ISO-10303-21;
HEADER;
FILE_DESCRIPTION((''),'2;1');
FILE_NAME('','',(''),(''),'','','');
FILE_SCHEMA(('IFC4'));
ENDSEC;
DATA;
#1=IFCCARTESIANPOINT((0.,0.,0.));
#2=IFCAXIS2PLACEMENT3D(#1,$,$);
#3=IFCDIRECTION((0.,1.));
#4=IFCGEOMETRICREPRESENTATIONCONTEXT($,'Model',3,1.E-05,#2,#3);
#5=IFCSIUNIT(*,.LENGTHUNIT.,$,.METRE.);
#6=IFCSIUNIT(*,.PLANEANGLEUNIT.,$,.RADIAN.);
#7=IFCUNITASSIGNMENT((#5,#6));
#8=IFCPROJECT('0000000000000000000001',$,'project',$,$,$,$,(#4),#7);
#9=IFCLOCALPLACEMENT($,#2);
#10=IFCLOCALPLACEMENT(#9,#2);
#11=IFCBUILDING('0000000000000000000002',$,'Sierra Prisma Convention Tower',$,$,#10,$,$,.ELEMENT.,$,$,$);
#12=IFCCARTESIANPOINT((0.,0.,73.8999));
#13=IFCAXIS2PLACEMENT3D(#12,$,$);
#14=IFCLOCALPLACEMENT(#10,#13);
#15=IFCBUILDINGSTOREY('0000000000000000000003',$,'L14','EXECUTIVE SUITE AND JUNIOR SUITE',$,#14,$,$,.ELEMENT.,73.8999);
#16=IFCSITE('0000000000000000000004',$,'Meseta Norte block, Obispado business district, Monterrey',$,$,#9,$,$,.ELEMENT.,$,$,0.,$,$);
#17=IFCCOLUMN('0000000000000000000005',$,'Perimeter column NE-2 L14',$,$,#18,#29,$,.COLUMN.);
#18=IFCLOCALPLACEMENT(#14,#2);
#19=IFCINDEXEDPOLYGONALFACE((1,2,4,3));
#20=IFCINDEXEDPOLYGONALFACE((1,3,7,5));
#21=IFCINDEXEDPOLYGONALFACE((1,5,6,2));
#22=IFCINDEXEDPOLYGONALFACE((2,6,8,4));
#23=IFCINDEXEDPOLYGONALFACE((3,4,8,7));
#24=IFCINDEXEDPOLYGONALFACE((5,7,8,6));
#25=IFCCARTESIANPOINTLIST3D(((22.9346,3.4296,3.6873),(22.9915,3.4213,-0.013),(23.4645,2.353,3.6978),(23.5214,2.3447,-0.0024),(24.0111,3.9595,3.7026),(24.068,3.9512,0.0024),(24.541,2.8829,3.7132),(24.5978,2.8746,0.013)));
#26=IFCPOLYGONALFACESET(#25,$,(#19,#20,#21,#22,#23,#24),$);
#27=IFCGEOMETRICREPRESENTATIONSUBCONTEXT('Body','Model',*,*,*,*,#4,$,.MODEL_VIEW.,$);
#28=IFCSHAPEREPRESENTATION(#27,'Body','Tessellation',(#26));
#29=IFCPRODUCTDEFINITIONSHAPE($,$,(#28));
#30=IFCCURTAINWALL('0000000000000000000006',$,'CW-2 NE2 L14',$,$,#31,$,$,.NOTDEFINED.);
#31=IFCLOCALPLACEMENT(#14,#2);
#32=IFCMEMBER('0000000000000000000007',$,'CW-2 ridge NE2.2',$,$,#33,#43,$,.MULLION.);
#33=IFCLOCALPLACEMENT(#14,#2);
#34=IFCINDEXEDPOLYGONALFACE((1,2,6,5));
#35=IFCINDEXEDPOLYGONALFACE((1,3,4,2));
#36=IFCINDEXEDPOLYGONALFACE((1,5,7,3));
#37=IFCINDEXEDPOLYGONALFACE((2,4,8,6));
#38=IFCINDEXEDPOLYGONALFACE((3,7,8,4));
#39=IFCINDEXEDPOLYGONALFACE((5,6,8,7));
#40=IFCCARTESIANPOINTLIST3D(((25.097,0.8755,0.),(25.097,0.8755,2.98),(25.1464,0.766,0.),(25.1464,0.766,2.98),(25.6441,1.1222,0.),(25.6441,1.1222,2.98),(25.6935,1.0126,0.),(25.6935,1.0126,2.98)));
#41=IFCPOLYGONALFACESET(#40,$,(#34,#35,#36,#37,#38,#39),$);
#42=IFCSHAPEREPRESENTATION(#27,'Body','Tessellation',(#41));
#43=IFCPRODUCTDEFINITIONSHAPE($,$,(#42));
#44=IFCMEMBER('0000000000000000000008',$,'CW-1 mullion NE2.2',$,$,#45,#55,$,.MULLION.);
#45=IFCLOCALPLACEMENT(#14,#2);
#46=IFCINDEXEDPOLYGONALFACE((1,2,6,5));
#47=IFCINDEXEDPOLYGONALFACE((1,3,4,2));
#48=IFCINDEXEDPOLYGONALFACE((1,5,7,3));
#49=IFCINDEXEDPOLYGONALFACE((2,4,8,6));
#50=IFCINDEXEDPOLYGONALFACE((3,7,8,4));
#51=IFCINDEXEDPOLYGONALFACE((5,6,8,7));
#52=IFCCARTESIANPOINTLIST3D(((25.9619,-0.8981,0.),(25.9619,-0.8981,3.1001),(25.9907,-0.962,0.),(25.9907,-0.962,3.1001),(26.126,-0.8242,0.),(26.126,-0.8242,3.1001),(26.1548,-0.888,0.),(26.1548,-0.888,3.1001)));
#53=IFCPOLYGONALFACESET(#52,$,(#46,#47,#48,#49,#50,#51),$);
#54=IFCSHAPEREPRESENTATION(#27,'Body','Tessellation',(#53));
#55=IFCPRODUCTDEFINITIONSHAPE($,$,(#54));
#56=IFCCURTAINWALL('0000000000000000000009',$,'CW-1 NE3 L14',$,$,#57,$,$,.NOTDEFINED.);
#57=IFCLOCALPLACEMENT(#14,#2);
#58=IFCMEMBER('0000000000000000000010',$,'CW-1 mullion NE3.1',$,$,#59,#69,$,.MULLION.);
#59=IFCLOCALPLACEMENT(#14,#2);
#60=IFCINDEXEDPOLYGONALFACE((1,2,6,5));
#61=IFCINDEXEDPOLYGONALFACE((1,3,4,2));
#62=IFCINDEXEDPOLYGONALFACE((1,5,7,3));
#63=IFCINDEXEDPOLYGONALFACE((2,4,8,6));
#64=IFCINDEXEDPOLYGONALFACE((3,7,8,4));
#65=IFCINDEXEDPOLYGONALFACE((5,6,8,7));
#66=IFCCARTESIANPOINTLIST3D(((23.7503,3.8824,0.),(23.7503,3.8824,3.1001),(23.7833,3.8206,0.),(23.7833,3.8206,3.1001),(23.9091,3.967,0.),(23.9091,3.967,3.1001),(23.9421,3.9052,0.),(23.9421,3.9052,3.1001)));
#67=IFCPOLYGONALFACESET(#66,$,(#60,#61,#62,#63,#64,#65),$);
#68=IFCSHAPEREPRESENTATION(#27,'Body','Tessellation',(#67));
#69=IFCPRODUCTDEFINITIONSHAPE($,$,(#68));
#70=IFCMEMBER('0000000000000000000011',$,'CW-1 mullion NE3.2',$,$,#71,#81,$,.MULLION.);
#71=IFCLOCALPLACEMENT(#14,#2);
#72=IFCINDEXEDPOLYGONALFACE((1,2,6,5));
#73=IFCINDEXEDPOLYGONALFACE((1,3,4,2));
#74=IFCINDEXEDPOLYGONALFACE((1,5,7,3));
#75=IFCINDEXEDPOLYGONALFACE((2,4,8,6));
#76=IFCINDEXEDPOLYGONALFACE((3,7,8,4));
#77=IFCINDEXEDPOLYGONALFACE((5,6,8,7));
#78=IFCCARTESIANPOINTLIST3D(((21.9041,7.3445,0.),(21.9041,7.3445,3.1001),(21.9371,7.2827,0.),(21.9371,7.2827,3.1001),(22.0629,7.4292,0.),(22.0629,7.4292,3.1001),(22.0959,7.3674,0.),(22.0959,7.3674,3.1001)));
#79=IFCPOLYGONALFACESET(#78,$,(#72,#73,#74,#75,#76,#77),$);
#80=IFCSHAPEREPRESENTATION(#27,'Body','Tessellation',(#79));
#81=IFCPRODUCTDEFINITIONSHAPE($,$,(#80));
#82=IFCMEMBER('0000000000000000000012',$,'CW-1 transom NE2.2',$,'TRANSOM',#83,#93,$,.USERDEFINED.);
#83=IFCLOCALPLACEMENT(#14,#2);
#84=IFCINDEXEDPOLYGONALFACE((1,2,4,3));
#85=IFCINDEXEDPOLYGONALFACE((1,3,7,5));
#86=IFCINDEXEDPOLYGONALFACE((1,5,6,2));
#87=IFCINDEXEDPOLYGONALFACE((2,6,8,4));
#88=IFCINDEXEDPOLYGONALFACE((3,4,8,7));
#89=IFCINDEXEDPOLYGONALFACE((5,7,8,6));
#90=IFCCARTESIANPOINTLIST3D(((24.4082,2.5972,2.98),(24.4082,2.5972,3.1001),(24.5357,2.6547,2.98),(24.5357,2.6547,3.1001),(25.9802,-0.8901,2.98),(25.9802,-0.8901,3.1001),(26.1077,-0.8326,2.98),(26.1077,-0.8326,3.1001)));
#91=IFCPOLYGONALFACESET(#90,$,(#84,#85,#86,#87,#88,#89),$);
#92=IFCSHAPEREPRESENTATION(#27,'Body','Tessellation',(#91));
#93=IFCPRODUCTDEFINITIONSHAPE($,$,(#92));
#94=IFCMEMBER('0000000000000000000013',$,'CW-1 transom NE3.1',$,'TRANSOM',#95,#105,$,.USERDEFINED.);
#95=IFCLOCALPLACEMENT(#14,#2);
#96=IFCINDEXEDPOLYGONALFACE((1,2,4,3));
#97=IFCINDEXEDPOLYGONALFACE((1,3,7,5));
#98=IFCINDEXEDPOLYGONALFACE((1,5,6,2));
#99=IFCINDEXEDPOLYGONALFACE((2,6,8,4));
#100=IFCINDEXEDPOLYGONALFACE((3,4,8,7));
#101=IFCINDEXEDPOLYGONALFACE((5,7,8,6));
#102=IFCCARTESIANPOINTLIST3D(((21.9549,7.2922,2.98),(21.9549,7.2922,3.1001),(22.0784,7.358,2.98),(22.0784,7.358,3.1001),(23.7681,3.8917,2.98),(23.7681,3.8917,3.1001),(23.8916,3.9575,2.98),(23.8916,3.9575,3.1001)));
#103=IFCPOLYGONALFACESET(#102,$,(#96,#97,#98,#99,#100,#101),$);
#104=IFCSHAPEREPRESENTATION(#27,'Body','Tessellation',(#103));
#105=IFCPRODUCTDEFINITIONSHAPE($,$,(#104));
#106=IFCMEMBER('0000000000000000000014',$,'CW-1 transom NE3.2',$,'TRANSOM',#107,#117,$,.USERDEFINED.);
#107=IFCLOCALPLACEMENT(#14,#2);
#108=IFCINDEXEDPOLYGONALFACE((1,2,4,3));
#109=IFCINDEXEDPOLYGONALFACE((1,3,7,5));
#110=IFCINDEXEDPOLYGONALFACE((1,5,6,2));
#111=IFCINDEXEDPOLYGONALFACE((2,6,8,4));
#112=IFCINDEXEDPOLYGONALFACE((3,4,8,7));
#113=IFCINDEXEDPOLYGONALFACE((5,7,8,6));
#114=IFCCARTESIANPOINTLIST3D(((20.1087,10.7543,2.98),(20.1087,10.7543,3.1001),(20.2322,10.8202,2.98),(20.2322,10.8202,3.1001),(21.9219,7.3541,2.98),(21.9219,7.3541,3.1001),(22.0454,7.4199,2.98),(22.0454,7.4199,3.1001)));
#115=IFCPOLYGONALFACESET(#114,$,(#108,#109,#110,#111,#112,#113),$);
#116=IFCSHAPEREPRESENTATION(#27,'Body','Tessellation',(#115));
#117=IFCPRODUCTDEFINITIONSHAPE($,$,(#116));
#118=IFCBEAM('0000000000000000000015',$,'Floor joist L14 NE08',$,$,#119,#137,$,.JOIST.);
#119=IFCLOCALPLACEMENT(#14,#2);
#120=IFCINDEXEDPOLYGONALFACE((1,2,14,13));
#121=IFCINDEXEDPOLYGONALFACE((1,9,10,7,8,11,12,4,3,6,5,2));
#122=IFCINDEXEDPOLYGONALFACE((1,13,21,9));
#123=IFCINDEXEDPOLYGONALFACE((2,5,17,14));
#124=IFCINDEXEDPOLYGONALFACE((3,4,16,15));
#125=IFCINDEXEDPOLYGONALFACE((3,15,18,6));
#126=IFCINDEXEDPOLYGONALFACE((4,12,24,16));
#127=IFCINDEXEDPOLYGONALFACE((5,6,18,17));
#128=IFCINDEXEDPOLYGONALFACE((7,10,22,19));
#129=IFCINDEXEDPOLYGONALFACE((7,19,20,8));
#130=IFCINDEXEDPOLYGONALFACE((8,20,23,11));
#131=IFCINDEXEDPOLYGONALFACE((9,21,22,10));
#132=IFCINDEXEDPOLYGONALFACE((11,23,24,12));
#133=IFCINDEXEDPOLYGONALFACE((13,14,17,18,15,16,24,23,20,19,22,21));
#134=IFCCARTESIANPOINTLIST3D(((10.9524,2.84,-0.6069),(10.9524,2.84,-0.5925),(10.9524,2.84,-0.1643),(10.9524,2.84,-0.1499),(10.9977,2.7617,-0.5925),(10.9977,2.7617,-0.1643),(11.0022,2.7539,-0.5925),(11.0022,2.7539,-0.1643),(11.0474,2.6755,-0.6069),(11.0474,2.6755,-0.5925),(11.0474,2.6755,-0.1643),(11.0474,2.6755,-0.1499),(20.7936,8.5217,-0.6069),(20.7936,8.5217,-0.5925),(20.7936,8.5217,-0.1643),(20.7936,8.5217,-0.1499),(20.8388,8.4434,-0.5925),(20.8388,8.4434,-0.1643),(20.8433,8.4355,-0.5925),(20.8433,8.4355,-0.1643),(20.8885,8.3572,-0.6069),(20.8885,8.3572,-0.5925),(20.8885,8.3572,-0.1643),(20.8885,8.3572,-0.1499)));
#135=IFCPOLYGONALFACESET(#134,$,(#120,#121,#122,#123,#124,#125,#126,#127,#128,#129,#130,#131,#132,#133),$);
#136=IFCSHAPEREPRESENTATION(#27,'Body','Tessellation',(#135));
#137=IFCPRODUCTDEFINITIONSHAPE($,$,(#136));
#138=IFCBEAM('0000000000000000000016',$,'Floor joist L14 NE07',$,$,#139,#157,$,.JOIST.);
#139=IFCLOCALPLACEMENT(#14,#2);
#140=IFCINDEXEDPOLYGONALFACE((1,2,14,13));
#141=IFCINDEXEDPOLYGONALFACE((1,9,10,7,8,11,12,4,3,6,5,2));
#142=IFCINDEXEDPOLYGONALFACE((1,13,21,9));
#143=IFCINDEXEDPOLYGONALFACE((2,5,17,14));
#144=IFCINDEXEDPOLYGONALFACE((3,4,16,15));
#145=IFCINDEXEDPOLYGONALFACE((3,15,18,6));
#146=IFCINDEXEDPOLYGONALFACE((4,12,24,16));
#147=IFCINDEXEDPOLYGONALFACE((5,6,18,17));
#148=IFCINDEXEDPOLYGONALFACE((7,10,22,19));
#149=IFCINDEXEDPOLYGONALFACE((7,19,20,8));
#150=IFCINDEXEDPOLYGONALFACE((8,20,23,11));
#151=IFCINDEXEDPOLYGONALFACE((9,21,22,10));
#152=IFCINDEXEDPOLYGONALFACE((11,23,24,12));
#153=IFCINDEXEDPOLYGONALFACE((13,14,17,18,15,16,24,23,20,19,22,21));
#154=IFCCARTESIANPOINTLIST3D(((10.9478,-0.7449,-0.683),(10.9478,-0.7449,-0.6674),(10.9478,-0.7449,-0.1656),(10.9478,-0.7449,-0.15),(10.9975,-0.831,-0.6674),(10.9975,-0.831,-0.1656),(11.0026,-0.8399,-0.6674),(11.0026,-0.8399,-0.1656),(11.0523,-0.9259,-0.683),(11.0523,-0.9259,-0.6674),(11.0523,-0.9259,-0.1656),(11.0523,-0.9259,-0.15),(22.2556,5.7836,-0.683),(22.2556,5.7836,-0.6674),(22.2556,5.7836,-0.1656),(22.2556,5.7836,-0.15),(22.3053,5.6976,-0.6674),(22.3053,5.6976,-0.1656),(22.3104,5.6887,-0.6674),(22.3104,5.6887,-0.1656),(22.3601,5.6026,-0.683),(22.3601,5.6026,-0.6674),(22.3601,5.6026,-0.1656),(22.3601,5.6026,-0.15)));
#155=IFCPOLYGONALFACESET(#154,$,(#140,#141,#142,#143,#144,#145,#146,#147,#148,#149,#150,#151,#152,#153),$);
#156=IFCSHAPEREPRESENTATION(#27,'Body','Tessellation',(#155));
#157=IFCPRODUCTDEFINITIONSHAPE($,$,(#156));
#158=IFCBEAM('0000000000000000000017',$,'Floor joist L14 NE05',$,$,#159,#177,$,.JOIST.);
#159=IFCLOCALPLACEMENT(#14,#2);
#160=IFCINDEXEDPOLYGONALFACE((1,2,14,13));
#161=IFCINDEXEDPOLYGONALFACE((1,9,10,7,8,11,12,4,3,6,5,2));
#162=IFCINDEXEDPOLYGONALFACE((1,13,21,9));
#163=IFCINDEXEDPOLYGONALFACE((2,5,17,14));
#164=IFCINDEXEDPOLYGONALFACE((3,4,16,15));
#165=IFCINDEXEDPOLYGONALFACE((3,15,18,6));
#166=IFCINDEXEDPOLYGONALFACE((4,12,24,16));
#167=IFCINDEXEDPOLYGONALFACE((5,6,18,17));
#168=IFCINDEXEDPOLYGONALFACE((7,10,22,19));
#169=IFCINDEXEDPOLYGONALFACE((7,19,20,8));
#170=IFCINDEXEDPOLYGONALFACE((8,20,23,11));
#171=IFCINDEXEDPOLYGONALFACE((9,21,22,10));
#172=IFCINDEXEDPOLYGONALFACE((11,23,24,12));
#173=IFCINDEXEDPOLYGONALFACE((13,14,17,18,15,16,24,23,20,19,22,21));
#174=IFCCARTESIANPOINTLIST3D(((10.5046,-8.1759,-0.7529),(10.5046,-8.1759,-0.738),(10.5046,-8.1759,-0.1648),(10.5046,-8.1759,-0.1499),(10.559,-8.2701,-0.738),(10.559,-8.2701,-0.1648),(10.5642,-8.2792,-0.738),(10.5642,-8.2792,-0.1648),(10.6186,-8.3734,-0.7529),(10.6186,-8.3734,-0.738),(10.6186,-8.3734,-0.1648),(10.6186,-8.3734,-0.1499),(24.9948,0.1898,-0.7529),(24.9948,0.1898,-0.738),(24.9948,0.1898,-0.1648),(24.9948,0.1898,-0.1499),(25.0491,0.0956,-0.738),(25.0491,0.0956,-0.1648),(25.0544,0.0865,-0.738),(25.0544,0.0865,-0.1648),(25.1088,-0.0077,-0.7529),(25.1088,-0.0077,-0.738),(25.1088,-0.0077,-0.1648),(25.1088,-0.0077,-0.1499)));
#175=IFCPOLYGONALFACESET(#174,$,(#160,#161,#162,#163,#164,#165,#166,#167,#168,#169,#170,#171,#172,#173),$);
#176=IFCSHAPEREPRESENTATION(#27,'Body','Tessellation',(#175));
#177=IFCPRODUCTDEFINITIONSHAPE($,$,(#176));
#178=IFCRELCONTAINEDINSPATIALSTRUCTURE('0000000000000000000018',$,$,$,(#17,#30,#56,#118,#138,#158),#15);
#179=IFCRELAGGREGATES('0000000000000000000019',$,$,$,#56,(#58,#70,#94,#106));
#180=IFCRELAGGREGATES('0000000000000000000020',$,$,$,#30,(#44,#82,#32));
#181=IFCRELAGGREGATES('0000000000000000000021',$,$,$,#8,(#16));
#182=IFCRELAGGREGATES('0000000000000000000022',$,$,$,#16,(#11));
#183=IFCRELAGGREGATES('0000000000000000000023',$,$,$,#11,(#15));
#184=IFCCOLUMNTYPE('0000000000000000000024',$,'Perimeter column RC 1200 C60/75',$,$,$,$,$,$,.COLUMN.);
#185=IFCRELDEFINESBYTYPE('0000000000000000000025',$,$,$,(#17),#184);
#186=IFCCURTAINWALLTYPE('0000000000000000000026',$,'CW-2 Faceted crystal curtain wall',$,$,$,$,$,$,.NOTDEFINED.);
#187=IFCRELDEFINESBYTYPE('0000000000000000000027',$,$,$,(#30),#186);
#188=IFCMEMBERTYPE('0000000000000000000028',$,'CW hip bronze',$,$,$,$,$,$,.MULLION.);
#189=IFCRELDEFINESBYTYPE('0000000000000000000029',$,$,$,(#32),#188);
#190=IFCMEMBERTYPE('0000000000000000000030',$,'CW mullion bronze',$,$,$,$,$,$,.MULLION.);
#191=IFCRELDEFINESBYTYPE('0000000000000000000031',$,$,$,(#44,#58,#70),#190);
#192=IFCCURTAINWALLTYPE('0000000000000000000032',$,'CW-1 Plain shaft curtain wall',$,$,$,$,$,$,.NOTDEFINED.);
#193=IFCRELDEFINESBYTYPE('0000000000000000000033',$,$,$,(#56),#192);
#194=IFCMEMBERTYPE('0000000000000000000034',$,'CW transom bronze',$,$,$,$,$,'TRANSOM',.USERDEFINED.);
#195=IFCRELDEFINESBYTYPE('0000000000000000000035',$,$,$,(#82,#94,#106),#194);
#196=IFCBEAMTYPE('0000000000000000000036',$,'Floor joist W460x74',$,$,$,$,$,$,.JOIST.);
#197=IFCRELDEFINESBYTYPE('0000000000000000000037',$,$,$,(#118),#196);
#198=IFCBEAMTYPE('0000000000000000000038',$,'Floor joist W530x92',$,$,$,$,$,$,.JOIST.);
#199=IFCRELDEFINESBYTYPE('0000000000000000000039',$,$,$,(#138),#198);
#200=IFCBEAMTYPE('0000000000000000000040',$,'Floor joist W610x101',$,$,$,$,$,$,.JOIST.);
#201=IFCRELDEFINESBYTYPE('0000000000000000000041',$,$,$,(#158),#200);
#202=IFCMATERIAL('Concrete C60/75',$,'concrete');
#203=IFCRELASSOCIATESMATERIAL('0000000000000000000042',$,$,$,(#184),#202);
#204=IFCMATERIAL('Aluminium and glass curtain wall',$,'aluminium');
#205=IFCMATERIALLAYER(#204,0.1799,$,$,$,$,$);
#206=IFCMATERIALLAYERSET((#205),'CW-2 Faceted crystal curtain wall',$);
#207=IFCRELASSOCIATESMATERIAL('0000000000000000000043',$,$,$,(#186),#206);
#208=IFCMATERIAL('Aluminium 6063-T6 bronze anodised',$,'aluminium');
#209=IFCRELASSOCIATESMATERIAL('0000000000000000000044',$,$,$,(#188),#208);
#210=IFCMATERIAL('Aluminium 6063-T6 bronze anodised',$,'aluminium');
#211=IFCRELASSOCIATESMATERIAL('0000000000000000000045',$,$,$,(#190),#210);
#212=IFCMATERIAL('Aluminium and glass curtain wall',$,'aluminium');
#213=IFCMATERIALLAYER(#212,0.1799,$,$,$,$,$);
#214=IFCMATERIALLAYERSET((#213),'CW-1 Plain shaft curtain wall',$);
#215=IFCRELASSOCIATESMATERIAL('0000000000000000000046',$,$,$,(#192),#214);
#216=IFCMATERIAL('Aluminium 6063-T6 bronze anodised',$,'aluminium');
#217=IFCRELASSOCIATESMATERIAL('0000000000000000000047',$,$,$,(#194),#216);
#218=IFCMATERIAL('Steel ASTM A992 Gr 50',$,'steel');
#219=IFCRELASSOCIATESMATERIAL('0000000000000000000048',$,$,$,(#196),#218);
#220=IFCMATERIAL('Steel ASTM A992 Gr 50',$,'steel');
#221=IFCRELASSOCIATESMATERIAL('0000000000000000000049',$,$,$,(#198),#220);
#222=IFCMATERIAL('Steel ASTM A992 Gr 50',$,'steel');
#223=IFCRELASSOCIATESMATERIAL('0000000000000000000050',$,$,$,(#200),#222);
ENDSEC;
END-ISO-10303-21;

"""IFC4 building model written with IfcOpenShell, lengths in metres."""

from ifc_helpers import new_model, si_unit, direction, frame, origin, origin_2d, place, context, subcontext, project, spatial, rectangle, i_section, extrude, material, layer, layer_set, material_profile, profile_set, type_object, element, aggregate, save


model = new_model("IFC4")

# Units and contexts
model_context = context("Model", 3, precision=1e-05, world=origin(), true_north=direction((0.0, 1.0)))
body_context = subcontext(model_context, "Body", "Model", "MODEL_VIEW")
ifc_project = project(units=[si_unit("LENGTHUNIT", "METRE"), si_unit("PLANEANGLEUNIT", "RADIAN")], contexts=[model_context])

# Site, building, storey
site_placement = place(None, origin())
site = spatial("IfcSite", under=ifc_project, at=site_placement, Name="Meseta Norte block, Obispado business district, Monterrey", CompositionType="ELEMENT", RefElevation=0.0)
building_placement = place(site_placement, origin())
building = spatial("IfcBuilding", under=site, at=building_placement, Name="Sierra Prisma Convention Tower", CompositionType="ELEMENT")
storey_placement = place(building_placement, frame((0.0, 0.0, 73.8999)))
storey = spatial("IfcBuildingStorey", under=building, at=storey_placement, Name="L14", Description="EXECUTIVE SUITE AND JUNIOR SUITE", CompositionType="ELEMENT", Elevation=73.8999)

# Column
ifc_material_1 = material(Name="Concrete C60/75", Category="concrete")
ifc_material_profile_1 = material_profile(ifc_material_1, rectangle(XDim=1.2, YDim=1.2, at=origin_2d()), Name="Perimeter column RC 1200 C60/75")
ifc_profile_set_1 = profile_set([ifc_material_profile_1], Name="Concrete C60/75")
column_type = type_object("IfcColumnType", Name="Perimeter column RC 1200 C60/75", PredefinedType="COLUMN", material=ifc_profile_set_1)
column_placement = place(storey_placement, frame((23.7947, 3.1479, 0.0), z_axis=(-0.015372, 0.002243, 0.999879), x_axis=(-0.441566, 0.897185, -0.008801)))
element("IfcColumn", 1, at=column_placement, inside=storey, type_object=column_type, Name="Perimeter column NE-2 L14", PredefinedType="COLUMN", context=body_context, shape_type="SweptSolid", body=[
    extrude(rectangle(XDim=1.2, YDim=1.2, at=origin_2d()), origin(), (0.0, 0.0, 1.0), 3.7007),
])

# Curtain walls, members
ifc_material_2 = material(Name="Aluminium and glass curtain wall", Category="aluminium")
ifc_layer_1 = layer(ifc_material_2, 0.1799)
ifc_layer_set_1 = layer_set([ifc_layer_1], Name="CW-2 Faceted crystal curtain wall")
curtain_wall_type_1 = type_object("IfcCurtainWallType", Name="CW-2 Faceted crystal curtain wall", PredefinedType="NOTDEFINED", material=ifc_layer_set_1)
curtain_wall_1_placement = place(storey_placement, origin())
curtain_wall_1 = element("IfcCurtainWall", 2, at=curtain_wall_1_placement, inside=storey, type_object=curtain_wall_type_1, Name="CW-2 NE2 L14", PredefinedType="NOTDEFINED")
ifc_material_3 = material(Name="Aluminium 6063-T6 bronze anodised", Category="aluminium")
ifc_material_profile_2 = material_profile(ifc_material_3, rectangle(XDim=0.1201, YDim=0.6001, at=origin_2d()), Name="ALU RIDGE BLADE 120x600")
ifc_profile_set_2 = profile_set([ifc_material_profile_2], Name="Aluminium 6063-T6 bronze anodised")
member_type_1 = type_object("IfcMemberType", Name="CW hip bronze", PredefinedType="MULLION", material=ifc_profile_set_2)
member_1_placement = place(storey_placement, frame((25.3953, 0.9441, 0.0), z_axis=(0.0, 0.0, 1.0), x_axis=(-0.410965, 0.911651, 0.0)))
member_1 = element("IfcMember", 3, at=member_1_placement, type_object=member_type_1, Name="CW-2 ridge NE2.2", PredefinedType="MULLION", context=body_context, shape_type="SweptSolid", body=[
    extrude(rectangle(XDim=0.1201, YDim=0.6001, at=origin_2d()), origin(), (0.0, 0.0, 1.0), 2.98),
])
ifc_material_4 = material(Name="Aluminium 6063-T6 bronze anodised", Category="aluminium")
ifc_material_profile_3 = material_profile(ifc_material_4, rectangle(XDim=0.1799, YDim=0.0701, at=origin_2d()), Name="ALU MULLION 70x180")
ifc_profile_set_3 = profile_set([ifc_material_profile_3], Name="Aluminium 6063-T6 bronze anodised")
member_type_2 = type_object("IfcMemberType", Name="CW mullion bronze", PredefinedType="MULLION", material=ifc_profile_set_3)
member_2_placement = place(storey_placement, frame((26.0583, -0.8931, 0.0), z_axis=(0.0, 0.0, 1.0), x_axis=(-0.911651, -0.410965, 0.0)))
member_2 = element("IfcMember", 4, at=member_2_placement, type_object=member_type_2, Name="CW-1 mullion NE2.2", PredefinedType="MULLION", context=body_context, shape_type="SweptSolid", body=[
    extrude(rectangle(XDim=0.1799, YDim=0.0701, at=origin_2d()), origin(), (0.0, 0.0, 1.0), 3.1001),
])
ifc_material_5 = material(Name="Aluminium and glass curtain wall", Category="aluminium")
ifc_layer_2 = layer(ifc_material_5, 0.1799)
ifc_layer_set_2 = layer_set([ifc_layer_2], Name="CW-1 Plain shaft curtain wall")
curtain_wall_type_2 = type_object("IfcCurtainWallType", Name="CW-1 Plain shaft curtain wall", PredefinedType="NOTDEFINED", material=ifc_layer_set_2)
curtain_wall_2_placement = place(storey_placement, origin())
curtain_wall_2 = element("IfcCurtainWall", 5, at=curtain_wall_2_placement, inside=storey, type_object=curtain_wall_type_2, Name="CW-1 NE3 L14", PredefinedType="NOTDEFINED")
member_3_placement = place(storey_placement, frame((23.8462, 3.8938, 0.0), z_axis=(0.0, 0.0, 1.0), x_axis=(-0.882387, -0.470524, 0.0)))
member_3 = element("IfcMember", 6, at=member_3_placement, type_object=member_type_2, Name="CW-1 mullion NE3.1", PredefinedType="MULLION", context=body_context, shape_type="SweptSolid", body=[
    extrude(rectangle(XDim=0.1799, YDim=0.0701, at=origin_2d()), origin(), (0.0, 0.0, 1.0), 3.1001),
])
member_4_placement = place(storey_placement, frame((22.0, 7.356, 0.0), z_axis=(0.0, 0.0, 1.0), x_axis=(-0.882387, -0.470524, 0.0)))
member_4 = element("IfcMember", 7, at=member_4_placement, type_object=member_type_2, Name="CW-1 mullion NE3.2", PredefinedType="MULLION", context=body_context, shape_type="SweptSolid", body=[
    extrude(rectangle(XDim=0.1799, YDim=0.0701, at=origin_2d()), origin(), (0.0, 0.0, 1.0), 3.1001),
])

# Members
ifc_material_6 = material(Name="Aluminium 6063-T6 bronze anodised", Category="aluminium")
ifc_material_profile_4 = material_profile(ifc_material_6, rectangle(XDim=0.1399, YDim=0.1201, at=origin_2d()), Name="ALU TRANSOM 120x140")
ifc_profile_set_4 = profile_set([ifc_material_profile_4], Name="Aluminium 6063-T6 bronze anodised")
member_type_3 = type_object("IfcMemberType", Name="CW transom bronze", ElementType="TRANSOM", PredefinedType="USERDEFINED", material=ifc_profile_set_4)
member_5_placement = place(storey_placement, frame((26.0439, -0.8613, 3.04), z_axis=(-0.410959, 0.911654, 0.0), x_axis=(-0.911654, -0.410959, 0.0)))
member_5 = element("IfcMember", 8, at=member_5_placement, type_object=member_type_3, Name="CW-1 transom NE2.2", ObjectType="TRANSOM", PredefinedType="USERDEFINED", context=body_context, shape_type="SweptSolid", body=[
    extrude(rectangle(XDim=0.1399, YDim=0.1201, at=origin_2d()), origin(), (0.0, 0.0, 1.0), 3.8252),
])
member_6_placement = place(storey_placement, frame((23.8298, 3.9246, 3.04), z_axis=(-0.470499, 0.8824, 0.0), x_axis=(-0.8824, -0.470499, 0.0)))
member_6 = element("IfcMember", 9, at=member_6_placement, type_object=member_type_3, Name="CW-1 transom NE3.1", ObjectType="TRANSOM", PredefinedType="USERDEFINED", context=body_context, shape_type="SweptSolid", body=[
    extrude(rectangle(XDim=0.1399, YDim=0.1201, at=origin_2d()), origin(), (0.0, 0.0, 1.0), 3.8538),
])
member_7_placement = place(storey_placement, frame((21.9836, 7.387, 3.04), z_axis=(-0.470526, 0.882386, 0.0), x_axis=(-0.882386, -0.470526, 0.0)))
member_7 = element("IfcMember", 10, at=member_7_placement, type_object=member_type_3, Name="CW-1 transom NE3.2", ObjectType="TRANSOM", PredefinedType="USERDEFINED", context=body_context, shape_type="SweptSolid", body=[
    extrude(rectangle(XDim=0.1399, YDim=0.1201, at=origin_2d()), origin(), (0.0, 0.0, 1.0), 3.8535),
])

# Beams
ifc_material_7 = material(Name="Steel ASTM A992 Gr 50", Category="steel")
ifc_material_profile_5 = material_profile(ifc_material_7, i_section(OverallWidth=0.1899, OverallDepth=0.457, WebThickness=0.009, FlangeThickness=0.0144, at=origin_2d()), Name="W460x74")
ifc_profile_set_5 = profile_set([ifc_material_profile_5], Name="Steel ASTM A992 Gr 50")
beam_type_1 = type_object("IfcBeamType", Name="Floor joist W460x74", PredefinedType="JOIST", material=ifc_profile_set_5)
beam_1_placement = place(storey_placement, frame((20.8411, 8.4395, -0.3784), z_axis=(-0.866029, -0.499993, 0.0), x_axis=(0.499993, -0.866029, 0.0)))
element("IfcBeam", 11, at=beam_1_placement, inside=storey, type_object=beam_type_1, Name="Floor joist L14 NE08", PredefinedType="JOIST", context=body_context, shape_type="SweptSolid", body=[
    extrude(i_section(OverallWidth=0.1899, OverallDepth=0.457, WebThickness=0.009, FlangeThickness=0.0144, at=origin_2d()), origin(), (0.0, 0.0, 1.0), 11.3635),
])
ifc_material_8 = material(Name="Steel ASTM A992 Gr 50", Category="steel")
ifc_material_profile_6 = material_profile(ifc_material_8, i_section(OverallWidth=0.209, OverallDepth=0.533, WebThickness=0.0103, FlangeThickness=0.0156, at=origin_2d()), Name="W530x92")
ifc_profile_set_6 = profile_set([ifc_material_profile_6], Name="Steel ASTM A992 Gr 50")
beam_type_2 = type_object("IfcBeamType", Name="Floor joist W530x92", PredefinedType="JOIST", material=ifc_profile_set_6)
beam_2_placement = place(storey_placement, frame((22.3079, 5.6931, -0.4165), z_axis=(-0.866026, -0.499998, 0.0), x_axis=(0.499998, -0.866026, 0.0)))
element("IfcBeam", 12, at=beam_2_placement, inside=storey, type_object=beam_type_2, Name="Floor joist L14 NE07", PredefinedType="JOIST", context=body_context, shape_type="SweptSolid", body=[
    extrude(i_section(OverallWidth=0.209, OverallDepth=0.533, WebThickness=0.0103, FlangeThickness=0.0156, at=origin_2d()), origin(), (0.0, 0.0, 1.0), 13.0571),
])
ifc_material_9 = material(Name="Steel ASTM A992 Gr 50", Category="steel")
ifc_material_profile_7 = material_profile(ifc_material_9, i_section(OverallWidth=0.228, OverallDepth=0.603, WebThickness=0.0105, FlangeThickness=0.0149, at=origin_2d()), Name="W610x101")
ifc_profile_set_7 = profile_set([ifc_material_profile_7], Name="Steel ASTM A992 Gr 50")
beam_type_3 = type_object("IfcBeamType", Name="Floor joist W610x101", PredefinedType="JOIST", material=ifc_profile_set_7)
beam_3_placement = place(storey_placement, frame((25.0518, 0.0911, -0.4514), z_axis=(-0.866031, -0.49999, 0.0), x_axis=(0.49999, -0.866031, 0.0)))
element("IfcBeam", 13, at=beam_3_placement, inside=storey, type_object=beam_type_3, Name="Floor joist L14 NE05", PredefinedType="JOIST", context=body_context, shape_type="SweptSolid", body=[
    extrude(i_section(OverallWidth=0.228, OverallDepth=0.603, WebThickness=0.0105, FlangeThickness=0.0149, at=origin_2d()), origin(), (0.0, 0.0, 1.0), 16.7317),
])

aggregate(curtain_wall_2, [member_3, member_4, member_6, member_7])
aggregate(curtain_wall_1, [member_2, member_5, member_1])

save(model, "model.ifc")
